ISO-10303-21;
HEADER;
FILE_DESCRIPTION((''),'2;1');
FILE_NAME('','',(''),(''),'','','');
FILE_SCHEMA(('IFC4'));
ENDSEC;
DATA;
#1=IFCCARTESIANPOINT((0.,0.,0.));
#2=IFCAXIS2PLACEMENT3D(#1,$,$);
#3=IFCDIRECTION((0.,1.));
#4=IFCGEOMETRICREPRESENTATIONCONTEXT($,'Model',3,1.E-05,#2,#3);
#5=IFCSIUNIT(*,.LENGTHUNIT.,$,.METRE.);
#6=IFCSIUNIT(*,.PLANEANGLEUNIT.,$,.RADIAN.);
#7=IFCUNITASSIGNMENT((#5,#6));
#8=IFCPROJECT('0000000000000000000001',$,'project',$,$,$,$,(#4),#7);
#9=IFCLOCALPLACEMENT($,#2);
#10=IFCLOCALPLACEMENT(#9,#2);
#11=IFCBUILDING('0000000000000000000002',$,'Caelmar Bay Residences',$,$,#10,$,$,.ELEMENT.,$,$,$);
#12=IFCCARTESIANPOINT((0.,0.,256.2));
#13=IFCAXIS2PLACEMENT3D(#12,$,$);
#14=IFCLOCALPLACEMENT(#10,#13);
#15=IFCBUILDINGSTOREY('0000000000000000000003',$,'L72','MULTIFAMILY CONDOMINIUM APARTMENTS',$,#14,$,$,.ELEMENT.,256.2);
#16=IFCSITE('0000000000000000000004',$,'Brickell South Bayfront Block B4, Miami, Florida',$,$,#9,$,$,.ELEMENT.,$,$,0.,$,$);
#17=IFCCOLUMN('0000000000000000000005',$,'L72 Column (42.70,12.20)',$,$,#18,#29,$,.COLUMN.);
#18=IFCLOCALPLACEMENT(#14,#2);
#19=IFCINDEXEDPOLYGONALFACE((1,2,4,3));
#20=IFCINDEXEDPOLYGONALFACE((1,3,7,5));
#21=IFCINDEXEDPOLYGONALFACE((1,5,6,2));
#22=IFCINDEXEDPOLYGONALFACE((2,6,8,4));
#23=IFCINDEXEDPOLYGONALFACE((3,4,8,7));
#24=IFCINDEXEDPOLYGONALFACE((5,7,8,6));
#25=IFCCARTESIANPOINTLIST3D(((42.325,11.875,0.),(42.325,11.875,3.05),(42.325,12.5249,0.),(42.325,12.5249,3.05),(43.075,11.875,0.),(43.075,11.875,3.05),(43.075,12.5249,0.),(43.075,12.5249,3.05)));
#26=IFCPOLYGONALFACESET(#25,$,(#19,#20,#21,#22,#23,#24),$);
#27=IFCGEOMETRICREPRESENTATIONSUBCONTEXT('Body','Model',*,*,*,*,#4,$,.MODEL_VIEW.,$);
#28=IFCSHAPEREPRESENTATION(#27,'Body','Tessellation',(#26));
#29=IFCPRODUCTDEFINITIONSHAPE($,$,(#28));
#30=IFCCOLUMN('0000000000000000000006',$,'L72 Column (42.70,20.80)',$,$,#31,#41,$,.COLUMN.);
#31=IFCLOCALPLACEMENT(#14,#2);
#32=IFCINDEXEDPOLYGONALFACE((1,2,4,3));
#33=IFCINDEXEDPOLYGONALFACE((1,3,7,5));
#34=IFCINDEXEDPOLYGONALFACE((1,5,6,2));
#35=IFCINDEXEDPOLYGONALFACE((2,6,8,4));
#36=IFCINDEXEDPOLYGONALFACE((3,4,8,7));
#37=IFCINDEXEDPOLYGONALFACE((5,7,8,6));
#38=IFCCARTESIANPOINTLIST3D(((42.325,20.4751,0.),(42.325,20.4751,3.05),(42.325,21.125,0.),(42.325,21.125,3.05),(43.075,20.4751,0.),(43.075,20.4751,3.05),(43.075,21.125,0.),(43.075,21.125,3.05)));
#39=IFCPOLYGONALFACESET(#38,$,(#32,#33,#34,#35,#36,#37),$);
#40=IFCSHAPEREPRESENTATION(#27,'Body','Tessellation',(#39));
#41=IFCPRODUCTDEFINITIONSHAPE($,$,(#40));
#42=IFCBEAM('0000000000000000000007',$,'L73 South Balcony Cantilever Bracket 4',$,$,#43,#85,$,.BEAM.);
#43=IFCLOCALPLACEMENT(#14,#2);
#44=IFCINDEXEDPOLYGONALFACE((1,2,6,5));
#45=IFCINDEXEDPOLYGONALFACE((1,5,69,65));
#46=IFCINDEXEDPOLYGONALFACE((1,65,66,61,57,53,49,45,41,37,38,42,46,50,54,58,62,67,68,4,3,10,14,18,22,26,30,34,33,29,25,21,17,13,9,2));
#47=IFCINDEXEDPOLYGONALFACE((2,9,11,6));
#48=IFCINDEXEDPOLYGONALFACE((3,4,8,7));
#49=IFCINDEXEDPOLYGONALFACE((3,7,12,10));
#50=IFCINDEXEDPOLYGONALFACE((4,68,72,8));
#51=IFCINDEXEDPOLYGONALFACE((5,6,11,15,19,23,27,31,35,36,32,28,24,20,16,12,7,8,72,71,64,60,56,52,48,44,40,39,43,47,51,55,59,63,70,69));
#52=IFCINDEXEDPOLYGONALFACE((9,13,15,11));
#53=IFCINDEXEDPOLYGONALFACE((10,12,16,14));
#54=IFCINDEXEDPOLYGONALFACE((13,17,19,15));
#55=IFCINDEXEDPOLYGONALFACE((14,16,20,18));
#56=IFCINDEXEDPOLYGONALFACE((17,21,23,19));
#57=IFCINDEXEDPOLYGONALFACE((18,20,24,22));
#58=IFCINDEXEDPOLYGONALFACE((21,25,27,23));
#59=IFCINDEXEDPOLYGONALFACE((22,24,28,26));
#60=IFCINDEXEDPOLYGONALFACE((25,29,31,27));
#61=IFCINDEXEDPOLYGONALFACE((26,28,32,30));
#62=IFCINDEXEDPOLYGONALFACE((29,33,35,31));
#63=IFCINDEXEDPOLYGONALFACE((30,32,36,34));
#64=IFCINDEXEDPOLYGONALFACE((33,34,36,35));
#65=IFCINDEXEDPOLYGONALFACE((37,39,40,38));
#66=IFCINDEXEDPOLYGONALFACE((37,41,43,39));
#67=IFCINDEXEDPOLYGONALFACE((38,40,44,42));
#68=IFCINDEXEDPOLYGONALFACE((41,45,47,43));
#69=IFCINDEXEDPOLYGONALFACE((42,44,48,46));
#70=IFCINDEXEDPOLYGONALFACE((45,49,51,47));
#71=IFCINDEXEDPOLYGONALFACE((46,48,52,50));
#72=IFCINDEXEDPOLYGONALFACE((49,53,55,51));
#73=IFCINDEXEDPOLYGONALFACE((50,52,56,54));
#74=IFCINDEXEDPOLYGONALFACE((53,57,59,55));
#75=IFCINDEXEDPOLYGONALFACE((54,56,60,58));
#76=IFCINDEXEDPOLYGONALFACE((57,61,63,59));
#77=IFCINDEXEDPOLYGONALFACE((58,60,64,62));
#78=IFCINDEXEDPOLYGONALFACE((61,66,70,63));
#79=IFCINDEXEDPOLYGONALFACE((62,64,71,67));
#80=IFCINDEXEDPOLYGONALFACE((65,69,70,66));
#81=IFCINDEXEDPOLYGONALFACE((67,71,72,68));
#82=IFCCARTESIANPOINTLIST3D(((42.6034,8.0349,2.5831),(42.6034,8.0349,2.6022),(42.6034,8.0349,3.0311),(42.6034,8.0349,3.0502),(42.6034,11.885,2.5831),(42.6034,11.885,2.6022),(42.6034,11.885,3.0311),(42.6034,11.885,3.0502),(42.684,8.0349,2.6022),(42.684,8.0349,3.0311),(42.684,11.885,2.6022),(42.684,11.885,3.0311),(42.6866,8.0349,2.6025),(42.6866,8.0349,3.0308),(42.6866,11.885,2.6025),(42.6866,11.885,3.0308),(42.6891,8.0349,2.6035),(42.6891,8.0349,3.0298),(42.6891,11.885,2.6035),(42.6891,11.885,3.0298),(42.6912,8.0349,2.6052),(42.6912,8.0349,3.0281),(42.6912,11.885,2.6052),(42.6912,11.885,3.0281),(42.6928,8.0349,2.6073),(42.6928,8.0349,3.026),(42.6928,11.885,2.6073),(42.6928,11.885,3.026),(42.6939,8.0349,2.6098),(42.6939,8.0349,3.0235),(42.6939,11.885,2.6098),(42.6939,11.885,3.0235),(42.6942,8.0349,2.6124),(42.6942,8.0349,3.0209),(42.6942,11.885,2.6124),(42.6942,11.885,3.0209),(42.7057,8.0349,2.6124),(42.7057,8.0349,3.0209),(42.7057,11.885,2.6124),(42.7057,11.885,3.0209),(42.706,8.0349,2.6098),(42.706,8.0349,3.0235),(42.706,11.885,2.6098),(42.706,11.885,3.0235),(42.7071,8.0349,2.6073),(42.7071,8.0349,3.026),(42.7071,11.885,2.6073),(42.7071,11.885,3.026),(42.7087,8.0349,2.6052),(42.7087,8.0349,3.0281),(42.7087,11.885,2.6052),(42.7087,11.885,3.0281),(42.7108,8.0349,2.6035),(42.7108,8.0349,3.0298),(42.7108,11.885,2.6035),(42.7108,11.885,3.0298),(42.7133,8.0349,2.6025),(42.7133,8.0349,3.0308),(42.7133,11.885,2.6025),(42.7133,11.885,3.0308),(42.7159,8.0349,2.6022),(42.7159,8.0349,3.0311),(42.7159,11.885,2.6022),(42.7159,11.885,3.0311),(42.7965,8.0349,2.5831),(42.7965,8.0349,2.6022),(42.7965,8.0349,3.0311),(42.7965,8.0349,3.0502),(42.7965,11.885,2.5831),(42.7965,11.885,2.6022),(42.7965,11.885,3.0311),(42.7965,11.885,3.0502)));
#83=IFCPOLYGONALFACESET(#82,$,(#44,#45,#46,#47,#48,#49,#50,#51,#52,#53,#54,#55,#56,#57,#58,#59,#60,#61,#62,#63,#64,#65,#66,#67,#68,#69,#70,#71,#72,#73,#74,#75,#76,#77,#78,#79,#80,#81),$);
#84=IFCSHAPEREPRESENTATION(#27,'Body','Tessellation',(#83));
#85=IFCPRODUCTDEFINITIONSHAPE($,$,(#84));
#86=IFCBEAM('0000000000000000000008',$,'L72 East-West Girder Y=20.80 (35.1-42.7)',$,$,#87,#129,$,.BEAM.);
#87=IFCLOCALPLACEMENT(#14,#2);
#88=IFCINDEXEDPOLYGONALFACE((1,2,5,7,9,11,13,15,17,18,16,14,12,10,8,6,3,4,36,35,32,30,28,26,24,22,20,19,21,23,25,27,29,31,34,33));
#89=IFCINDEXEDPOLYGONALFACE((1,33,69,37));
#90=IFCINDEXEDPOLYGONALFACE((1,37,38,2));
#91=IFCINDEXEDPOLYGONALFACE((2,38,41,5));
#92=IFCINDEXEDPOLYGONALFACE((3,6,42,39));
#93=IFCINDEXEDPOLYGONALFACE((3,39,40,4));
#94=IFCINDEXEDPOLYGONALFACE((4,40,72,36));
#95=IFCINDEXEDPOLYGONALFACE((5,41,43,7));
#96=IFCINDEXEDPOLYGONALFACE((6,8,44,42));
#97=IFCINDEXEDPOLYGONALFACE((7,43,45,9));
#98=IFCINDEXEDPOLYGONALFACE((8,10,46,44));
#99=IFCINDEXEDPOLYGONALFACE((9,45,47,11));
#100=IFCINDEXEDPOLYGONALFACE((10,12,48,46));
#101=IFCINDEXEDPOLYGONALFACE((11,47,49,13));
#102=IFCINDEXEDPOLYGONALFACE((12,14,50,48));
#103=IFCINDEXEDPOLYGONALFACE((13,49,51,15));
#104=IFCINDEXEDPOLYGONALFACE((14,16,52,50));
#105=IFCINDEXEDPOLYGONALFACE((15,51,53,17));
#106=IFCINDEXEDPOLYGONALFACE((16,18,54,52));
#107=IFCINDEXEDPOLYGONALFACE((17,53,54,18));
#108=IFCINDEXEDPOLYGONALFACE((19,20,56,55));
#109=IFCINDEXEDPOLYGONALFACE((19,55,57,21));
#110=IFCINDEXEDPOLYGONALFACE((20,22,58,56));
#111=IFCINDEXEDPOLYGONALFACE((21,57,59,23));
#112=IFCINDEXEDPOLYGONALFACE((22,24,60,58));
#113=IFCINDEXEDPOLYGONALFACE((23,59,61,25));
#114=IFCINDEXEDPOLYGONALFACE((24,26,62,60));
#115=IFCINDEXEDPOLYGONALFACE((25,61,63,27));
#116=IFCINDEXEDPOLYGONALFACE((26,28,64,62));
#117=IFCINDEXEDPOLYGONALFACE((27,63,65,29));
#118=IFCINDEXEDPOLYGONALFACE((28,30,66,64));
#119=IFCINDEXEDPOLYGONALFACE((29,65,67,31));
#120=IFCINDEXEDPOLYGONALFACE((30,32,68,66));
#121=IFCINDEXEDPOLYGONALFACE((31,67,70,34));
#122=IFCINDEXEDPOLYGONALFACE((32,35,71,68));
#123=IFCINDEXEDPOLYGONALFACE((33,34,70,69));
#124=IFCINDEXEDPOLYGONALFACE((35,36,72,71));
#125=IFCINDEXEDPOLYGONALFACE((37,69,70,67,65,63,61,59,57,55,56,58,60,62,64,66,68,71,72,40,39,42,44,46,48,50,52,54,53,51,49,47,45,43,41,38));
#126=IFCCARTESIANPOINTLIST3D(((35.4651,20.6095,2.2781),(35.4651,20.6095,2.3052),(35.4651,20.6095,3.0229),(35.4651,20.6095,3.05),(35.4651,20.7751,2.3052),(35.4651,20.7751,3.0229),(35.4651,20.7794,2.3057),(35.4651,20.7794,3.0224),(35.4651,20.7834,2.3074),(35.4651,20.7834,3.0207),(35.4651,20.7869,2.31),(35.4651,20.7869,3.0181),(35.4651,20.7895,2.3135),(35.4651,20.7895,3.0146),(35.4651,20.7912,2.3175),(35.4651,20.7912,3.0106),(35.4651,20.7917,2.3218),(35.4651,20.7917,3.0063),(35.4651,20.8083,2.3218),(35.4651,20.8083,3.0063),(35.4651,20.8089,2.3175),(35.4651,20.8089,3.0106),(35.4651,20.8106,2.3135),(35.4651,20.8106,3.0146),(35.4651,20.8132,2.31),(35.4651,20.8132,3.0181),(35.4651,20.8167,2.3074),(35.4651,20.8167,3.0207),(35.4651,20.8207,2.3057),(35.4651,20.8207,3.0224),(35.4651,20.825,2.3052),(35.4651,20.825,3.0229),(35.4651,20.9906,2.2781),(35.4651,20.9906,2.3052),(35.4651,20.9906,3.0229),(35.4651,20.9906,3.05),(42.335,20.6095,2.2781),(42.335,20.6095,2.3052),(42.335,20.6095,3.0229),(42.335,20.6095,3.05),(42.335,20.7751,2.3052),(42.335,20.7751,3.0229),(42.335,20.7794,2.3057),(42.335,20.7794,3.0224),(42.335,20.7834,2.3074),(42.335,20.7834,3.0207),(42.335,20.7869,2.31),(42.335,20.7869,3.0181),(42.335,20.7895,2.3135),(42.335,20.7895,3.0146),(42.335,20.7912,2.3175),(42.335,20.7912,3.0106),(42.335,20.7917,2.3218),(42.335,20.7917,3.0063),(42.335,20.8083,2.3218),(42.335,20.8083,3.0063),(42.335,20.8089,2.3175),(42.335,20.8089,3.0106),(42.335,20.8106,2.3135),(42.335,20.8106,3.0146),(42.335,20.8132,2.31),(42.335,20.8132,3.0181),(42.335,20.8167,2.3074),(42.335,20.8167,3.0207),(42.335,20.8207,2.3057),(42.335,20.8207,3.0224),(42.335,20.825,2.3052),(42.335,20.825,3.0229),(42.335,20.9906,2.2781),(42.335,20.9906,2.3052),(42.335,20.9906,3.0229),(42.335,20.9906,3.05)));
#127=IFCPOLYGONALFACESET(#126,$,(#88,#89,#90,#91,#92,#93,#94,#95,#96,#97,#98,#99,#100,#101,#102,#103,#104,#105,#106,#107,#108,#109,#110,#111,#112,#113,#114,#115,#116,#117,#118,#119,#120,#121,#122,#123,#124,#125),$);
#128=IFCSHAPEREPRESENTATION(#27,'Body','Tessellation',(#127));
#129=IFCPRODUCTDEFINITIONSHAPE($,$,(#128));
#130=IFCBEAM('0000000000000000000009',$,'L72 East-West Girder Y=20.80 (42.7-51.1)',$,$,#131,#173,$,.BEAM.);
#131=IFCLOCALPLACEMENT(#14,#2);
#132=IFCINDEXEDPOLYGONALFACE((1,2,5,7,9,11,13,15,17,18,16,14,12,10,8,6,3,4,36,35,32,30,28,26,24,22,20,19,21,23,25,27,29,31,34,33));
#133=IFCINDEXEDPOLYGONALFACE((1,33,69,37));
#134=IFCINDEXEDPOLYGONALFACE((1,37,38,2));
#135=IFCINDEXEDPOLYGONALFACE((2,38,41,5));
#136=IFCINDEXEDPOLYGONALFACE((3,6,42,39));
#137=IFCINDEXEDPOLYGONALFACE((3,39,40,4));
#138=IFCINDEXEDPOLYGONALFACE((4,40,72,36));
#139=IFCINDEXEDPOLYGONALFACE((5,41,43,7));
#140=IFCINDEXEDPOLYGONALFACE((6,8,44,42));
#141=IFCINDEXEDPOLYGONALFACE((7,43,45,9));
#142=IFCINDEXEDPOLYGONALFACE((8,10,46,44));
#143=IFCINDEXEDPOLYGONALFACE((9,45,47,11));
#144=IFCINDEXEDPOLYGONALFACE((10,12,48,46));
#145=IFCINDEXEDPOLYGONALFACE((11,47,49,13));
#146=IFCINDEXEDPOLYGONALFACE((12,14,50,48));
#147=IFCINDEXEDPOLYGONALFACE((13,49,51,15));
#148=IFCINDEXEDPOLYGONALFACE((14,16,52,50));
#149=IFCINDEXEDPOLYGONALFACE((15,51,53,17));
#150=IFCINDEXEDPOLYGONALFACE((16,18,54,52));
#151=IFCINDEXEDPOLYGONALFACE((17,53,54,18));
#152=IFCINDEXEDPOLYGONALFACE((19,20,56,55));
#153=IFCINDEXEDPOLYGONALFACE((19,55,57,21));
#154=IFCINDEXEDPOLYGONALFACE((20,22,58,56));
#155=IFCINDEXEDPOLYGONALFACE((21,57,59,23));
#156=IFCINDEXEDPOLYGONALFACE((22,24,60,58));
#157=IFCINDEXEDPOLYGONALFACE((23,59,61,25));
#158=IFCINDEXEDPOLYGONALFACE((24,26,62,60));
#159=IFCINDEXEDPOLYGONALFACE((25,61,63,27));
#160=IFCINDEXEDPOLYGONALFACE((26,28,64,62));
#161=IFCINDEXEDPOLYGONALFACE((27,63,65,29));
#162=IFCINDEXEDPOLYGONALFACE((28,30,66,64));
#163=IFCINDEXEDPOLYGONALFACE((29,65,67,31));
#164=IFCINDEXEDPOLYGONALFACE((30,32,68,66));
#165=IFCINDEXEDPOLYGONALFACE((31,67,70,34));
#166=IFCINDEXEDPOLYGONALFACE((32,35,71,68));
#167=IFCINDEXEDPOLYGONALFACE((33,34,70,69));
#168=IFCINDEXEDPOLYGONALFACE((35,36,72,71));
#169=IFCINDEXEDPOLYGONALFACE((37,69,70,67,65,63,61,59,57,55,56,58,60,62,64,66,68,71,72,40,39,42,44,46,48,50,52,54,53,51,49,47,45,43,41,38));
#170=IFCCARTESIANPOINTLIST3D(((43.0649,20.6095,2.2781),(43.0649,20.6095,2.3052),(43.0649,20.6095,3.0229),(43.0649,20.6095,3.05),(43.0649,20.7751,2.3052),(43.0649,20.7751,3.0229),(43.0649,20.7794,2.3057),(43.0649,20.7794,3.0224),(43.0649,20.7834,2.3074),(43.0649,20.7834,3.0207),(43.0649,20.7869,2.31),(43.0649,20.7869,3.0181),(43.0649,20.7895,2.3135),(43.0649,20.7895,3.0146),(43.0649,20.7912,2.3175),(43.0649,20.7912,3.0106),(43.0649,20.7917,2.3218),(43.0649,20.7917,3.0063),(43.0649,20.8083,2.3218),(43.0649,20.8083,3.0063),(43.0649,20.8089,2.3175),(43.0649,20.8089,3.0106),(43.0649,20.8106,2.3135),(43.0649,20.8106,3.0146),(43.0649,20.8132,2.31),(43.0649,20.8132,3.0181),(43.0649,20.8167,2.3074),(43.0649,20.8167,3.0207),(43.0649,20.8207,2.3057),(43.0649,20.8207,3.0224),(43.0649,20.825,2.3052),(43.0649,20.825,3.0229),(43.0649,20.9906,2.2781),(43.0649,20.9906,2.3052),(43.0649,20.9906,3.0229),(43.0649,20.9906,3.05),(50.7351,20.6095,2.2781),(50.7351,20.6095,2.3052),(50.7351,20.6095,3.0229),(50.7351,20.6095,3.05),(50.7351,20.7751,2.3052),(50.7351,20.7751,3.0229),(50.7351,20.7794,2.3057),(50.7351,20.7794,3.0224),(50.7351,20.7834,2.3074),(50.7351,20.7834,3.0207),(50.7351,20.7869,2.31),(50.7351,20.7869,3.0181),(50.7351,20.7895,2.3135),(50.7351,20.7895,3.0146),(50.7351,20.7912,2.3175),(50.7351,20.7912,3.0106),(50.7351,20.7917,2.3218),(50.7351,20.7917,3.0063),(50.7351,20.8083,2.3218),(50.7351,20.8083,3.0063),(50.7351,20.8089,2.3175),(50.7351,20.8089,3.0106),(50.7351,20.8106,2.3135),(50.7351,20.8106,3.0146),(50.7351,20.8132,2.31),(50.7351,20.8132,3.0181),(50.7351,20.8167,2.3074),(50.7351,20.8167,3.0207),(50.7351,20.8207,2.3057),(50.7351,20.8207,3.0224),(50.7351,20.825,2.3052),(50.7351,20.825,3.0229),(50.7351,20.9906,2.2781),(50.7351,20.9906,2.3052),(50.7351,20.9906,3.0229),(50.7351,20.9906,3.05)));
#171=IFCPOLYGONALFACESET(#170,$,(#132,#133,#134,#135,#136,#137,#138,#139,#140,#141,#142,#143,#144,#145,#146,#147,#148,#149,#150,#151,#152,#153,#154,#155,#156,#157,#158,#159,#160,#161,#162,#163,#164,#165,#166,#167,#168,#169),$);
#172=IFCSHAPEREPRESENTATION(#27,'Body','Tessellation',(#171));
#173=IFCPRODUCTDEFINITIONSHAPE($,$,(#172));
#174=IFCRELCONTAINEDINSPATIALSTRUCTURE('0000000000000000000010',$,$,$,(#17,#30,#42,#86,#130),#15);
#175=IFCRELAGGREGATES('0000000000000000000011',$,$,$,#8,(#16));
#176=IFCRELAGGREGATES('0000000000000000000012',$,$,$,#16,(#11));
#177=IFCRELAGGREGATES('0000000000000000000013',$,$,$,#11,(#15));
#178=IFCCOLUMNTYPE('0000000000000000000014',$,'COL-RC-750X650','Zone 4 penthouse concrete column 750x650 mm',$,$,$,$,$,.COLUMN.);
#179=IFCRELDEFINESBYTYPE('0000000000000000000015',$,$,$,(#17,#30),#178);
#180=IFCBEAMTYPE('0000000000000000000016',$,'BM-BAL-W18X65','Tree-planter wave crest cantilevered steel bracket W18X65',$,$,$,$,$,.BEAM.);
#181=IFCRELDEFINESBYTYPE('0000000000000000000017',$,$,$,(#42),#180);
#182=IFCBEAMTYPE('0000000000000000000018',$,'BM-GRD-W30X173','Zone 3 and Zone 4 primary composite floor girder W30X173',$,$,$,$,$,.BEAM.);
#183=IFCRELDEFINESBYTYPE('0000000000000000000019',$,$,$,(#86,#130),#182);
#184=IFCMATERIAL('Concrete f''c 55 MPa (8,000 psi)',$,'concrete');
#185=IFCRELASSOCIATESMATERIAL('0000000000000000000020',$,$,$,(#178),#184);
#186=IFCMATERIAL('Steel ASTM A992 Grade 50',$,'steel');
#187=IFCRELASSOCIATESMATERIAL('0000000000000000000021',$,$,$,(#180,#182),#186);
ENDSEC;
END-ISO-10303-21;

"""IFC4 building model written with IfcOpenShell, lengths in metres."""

from ifc_helpers import new_model, si_unit, direction, frame, origin, origin_2d, place, context, subcontext, project, spatial, rectangle, i_section, extrude, material, material_profile, profile_set, type_object, element, save


model = new_model("IFC4")

# Units and contexts
model_context = context("Model", 3, precision=1e-05, world=origin(), true_north=direction((0.0, 1.0)))
body_context = subcontext(model_context, "Body", "Model", "MODEL_VIEW")
ifc_project = project(units=[si_unit("LENGTHUNIT", "METRE"), si_unit("PLANEANGLEUNIT", "RADIAN")], contexts=[model_context])

# Site, building, storey
site_placement = place(None, origin())
site = spatial("IfcSite", under=ifc_project, at=site_placement, Name="Brickell South Bayfront Block B4, Miami, Florida", CompositionType="ELEMENT", RefElevation=0.0)
building_placement = place(site_placement, origin())
building = spatial("IfcBuilding", under=site, at=building_placement, Name="Caelmar Bay Residences", CompositionType="ELEMENT")
storey_placement = place(building_placement, frame((0.0, 0.0, 256.2)))
storey = spatial("IfcBuildingStorey", under=building, at=storey_placement, Name="L72", Description="MULTIFAMILY CONDOMINIUM APARTMENTS", CompositionType="ELEMENT", Elevation=256.2)

# Columns
ifc_material_1 = material(Name="Concrete f'c 55 MPa (8,000 psi)", Category="concrete")
ifc_material_profile_1 = material_profile(ifc_material_1, rectangle(XDim=0.75, YDim=0.6499, at=origin_2d()), Name="RC-COL-750X650")
ifc_profile_set_1 = profile_set([ifc_material_profile_1], Name="Concrete f'c 55 MPa (8,000 psi)")
column_type = type_object("IfcColumnType", Name="COL-RC-750X650", Description="Zone 4 penthouse concrete column 750x650 mm", PredefinedType="COLUMN", material=ifc_profile_set_1)
for number, where, z_axis, x_axis, name in (
    (1, (42.7, 12.2, 0.0), (0.0, 0.0, 1.0), (1.0, 0.0, 0.0), "L72 Column (42.70,12.20)"),
    (2, (42.7, 20.8, 0.0), (0.0, 0.0, 1.0), (1.0, 0.0, 0.0), "L72 Column (42.70,20.80)"),
):
    element("IfcColumn", number, at=place(storey_placement, frame(where, z_axis=z_axis, x_axis=x_axis)), inside=storey, type_object=column_type, Name=name, PredefinedType="COLUMN", context=body_context, shape_type="SweptSolid", body=[
        extrude(rectangle(XDim=0.75, YDim=0.6499, at=origin_2d()), origin(), (0.0, 0.0, 1.0), 3.05),
    ])

# Beams
ifc_material_2 = material(Name="Steel ASTM A992 Grade 50", Category="steel")
ifc_material_profile_2 = material_profile(ifc_material_2, i_section(OverallWidth=0.1931, OverallDepth=0.467, WebThickness=0.0115, FlangeThickness=0.019, FilletRadius=0.0103, at=origin_2d()), Name="W18X65")
ifc_profile_set_2 = profile_set([ifc_material_profile_2], Name="Steel ASTM A992 Grade 50")
beam_type_1 = type_object("IfcBeamType", Name="BM-BAL-W18X65", Description="Tree-planter wave crest cantilevered steel bracket W18X65", PredefinedType="BEAM", material=ifc_profile_set_2)
beam_1_placement = place(storey_placement, frame((42.7, 11.885, 2.8167), z_axis=(0.0, -1.0, 0.0), x_axis=(1.0, 0.0, 0.0)))
element("IfcBeam", 3, at=beam_1_placement, inside=storey, type_object=beam_type_1, Name="L73 South Balcony Cantilever Bracket 4", PredefinedType="BEAM", context=body_context, shape_type="SweptSolid", body=[
    extrude(i_section(OverallWidth=0.1931, OverallDepth=0.467, WebThickness=0.0115, FlangeThickness=0.019, FilletRadius=0.0103, at=origin_2d()), origin(), (0.0, 0.0, 1.0), 3.8501),
])
ifc_material_profile_3 = material_profile(ifc_material_2, i_section(OverallWidth=0.3811, OverallDepth=0.772, WebThickness=0.0166, FlangeThickness=0.0271, FilletRadius=0.0166, at=origin_2d()), Name="W30X173")
ifc_profile_set_3 = profile_set([ifc_material_profile_3], Name="Steel ASTM A992 Grade 50")
beam_type_2 = type_object("IfcBeamType", Name="BM-GRD-W30X173", Description="Zone 3 and Zone 4 primary composite floor girder W30X173", PredefinedType="BEAM", material=ifc_profile_set_3)
beam_2_placement = place(storey_placement, frame((35.4651, 20.8, 2.6641), z_axis=(1.0, 0.0, 0.0), x_axis=(0.0, 1.0, 0.0)))
element("IfcBeam", 4, at=beam_2_placement, inside=storey, type_object=beam_type_2, Name="L72 East-West Girder Y=20.80 (35.1-42.7)", PredefinedType="BEAM", context=body_context, shape_type="SweptSolid", body=[
    extrude(i_section(OverallWidth=0.3811, OverallDepth=0.772, WebThickness=0.0166, FlangeThickness=0.0271, FilletRadius=0.0166, at=origin_2d()), origin(), (0.0, 0.0, 1.0), 6.8699),
])
beam_3_placement = place(storey_placement, frame((43.0649, 20.8, 2.6641), z_axis=(1.0, 0.0, 0.0), x_axis=(0.0, 1.0, 0.0)))
element("IfcBeam", 5, at=beam_3_placement, inside=storey, type_object=beam_type_2, Name="L72 East-West Girder Y=20.80 (42.7-51.1)", PredefinedType="BEAM", context=body_context, shape_type="SweptSolid", body=[
    extrude(i_section(OverallWidth=0.3811, OverallDepth=0.772, WebThickness=0.0166, FlangeThickness=0.0271, FilletRadius=0.0166, at=origin_2d()), origin(), (0.0, 0.0, 1.0), 7.6702),
])

save(model, "model.ifc")
